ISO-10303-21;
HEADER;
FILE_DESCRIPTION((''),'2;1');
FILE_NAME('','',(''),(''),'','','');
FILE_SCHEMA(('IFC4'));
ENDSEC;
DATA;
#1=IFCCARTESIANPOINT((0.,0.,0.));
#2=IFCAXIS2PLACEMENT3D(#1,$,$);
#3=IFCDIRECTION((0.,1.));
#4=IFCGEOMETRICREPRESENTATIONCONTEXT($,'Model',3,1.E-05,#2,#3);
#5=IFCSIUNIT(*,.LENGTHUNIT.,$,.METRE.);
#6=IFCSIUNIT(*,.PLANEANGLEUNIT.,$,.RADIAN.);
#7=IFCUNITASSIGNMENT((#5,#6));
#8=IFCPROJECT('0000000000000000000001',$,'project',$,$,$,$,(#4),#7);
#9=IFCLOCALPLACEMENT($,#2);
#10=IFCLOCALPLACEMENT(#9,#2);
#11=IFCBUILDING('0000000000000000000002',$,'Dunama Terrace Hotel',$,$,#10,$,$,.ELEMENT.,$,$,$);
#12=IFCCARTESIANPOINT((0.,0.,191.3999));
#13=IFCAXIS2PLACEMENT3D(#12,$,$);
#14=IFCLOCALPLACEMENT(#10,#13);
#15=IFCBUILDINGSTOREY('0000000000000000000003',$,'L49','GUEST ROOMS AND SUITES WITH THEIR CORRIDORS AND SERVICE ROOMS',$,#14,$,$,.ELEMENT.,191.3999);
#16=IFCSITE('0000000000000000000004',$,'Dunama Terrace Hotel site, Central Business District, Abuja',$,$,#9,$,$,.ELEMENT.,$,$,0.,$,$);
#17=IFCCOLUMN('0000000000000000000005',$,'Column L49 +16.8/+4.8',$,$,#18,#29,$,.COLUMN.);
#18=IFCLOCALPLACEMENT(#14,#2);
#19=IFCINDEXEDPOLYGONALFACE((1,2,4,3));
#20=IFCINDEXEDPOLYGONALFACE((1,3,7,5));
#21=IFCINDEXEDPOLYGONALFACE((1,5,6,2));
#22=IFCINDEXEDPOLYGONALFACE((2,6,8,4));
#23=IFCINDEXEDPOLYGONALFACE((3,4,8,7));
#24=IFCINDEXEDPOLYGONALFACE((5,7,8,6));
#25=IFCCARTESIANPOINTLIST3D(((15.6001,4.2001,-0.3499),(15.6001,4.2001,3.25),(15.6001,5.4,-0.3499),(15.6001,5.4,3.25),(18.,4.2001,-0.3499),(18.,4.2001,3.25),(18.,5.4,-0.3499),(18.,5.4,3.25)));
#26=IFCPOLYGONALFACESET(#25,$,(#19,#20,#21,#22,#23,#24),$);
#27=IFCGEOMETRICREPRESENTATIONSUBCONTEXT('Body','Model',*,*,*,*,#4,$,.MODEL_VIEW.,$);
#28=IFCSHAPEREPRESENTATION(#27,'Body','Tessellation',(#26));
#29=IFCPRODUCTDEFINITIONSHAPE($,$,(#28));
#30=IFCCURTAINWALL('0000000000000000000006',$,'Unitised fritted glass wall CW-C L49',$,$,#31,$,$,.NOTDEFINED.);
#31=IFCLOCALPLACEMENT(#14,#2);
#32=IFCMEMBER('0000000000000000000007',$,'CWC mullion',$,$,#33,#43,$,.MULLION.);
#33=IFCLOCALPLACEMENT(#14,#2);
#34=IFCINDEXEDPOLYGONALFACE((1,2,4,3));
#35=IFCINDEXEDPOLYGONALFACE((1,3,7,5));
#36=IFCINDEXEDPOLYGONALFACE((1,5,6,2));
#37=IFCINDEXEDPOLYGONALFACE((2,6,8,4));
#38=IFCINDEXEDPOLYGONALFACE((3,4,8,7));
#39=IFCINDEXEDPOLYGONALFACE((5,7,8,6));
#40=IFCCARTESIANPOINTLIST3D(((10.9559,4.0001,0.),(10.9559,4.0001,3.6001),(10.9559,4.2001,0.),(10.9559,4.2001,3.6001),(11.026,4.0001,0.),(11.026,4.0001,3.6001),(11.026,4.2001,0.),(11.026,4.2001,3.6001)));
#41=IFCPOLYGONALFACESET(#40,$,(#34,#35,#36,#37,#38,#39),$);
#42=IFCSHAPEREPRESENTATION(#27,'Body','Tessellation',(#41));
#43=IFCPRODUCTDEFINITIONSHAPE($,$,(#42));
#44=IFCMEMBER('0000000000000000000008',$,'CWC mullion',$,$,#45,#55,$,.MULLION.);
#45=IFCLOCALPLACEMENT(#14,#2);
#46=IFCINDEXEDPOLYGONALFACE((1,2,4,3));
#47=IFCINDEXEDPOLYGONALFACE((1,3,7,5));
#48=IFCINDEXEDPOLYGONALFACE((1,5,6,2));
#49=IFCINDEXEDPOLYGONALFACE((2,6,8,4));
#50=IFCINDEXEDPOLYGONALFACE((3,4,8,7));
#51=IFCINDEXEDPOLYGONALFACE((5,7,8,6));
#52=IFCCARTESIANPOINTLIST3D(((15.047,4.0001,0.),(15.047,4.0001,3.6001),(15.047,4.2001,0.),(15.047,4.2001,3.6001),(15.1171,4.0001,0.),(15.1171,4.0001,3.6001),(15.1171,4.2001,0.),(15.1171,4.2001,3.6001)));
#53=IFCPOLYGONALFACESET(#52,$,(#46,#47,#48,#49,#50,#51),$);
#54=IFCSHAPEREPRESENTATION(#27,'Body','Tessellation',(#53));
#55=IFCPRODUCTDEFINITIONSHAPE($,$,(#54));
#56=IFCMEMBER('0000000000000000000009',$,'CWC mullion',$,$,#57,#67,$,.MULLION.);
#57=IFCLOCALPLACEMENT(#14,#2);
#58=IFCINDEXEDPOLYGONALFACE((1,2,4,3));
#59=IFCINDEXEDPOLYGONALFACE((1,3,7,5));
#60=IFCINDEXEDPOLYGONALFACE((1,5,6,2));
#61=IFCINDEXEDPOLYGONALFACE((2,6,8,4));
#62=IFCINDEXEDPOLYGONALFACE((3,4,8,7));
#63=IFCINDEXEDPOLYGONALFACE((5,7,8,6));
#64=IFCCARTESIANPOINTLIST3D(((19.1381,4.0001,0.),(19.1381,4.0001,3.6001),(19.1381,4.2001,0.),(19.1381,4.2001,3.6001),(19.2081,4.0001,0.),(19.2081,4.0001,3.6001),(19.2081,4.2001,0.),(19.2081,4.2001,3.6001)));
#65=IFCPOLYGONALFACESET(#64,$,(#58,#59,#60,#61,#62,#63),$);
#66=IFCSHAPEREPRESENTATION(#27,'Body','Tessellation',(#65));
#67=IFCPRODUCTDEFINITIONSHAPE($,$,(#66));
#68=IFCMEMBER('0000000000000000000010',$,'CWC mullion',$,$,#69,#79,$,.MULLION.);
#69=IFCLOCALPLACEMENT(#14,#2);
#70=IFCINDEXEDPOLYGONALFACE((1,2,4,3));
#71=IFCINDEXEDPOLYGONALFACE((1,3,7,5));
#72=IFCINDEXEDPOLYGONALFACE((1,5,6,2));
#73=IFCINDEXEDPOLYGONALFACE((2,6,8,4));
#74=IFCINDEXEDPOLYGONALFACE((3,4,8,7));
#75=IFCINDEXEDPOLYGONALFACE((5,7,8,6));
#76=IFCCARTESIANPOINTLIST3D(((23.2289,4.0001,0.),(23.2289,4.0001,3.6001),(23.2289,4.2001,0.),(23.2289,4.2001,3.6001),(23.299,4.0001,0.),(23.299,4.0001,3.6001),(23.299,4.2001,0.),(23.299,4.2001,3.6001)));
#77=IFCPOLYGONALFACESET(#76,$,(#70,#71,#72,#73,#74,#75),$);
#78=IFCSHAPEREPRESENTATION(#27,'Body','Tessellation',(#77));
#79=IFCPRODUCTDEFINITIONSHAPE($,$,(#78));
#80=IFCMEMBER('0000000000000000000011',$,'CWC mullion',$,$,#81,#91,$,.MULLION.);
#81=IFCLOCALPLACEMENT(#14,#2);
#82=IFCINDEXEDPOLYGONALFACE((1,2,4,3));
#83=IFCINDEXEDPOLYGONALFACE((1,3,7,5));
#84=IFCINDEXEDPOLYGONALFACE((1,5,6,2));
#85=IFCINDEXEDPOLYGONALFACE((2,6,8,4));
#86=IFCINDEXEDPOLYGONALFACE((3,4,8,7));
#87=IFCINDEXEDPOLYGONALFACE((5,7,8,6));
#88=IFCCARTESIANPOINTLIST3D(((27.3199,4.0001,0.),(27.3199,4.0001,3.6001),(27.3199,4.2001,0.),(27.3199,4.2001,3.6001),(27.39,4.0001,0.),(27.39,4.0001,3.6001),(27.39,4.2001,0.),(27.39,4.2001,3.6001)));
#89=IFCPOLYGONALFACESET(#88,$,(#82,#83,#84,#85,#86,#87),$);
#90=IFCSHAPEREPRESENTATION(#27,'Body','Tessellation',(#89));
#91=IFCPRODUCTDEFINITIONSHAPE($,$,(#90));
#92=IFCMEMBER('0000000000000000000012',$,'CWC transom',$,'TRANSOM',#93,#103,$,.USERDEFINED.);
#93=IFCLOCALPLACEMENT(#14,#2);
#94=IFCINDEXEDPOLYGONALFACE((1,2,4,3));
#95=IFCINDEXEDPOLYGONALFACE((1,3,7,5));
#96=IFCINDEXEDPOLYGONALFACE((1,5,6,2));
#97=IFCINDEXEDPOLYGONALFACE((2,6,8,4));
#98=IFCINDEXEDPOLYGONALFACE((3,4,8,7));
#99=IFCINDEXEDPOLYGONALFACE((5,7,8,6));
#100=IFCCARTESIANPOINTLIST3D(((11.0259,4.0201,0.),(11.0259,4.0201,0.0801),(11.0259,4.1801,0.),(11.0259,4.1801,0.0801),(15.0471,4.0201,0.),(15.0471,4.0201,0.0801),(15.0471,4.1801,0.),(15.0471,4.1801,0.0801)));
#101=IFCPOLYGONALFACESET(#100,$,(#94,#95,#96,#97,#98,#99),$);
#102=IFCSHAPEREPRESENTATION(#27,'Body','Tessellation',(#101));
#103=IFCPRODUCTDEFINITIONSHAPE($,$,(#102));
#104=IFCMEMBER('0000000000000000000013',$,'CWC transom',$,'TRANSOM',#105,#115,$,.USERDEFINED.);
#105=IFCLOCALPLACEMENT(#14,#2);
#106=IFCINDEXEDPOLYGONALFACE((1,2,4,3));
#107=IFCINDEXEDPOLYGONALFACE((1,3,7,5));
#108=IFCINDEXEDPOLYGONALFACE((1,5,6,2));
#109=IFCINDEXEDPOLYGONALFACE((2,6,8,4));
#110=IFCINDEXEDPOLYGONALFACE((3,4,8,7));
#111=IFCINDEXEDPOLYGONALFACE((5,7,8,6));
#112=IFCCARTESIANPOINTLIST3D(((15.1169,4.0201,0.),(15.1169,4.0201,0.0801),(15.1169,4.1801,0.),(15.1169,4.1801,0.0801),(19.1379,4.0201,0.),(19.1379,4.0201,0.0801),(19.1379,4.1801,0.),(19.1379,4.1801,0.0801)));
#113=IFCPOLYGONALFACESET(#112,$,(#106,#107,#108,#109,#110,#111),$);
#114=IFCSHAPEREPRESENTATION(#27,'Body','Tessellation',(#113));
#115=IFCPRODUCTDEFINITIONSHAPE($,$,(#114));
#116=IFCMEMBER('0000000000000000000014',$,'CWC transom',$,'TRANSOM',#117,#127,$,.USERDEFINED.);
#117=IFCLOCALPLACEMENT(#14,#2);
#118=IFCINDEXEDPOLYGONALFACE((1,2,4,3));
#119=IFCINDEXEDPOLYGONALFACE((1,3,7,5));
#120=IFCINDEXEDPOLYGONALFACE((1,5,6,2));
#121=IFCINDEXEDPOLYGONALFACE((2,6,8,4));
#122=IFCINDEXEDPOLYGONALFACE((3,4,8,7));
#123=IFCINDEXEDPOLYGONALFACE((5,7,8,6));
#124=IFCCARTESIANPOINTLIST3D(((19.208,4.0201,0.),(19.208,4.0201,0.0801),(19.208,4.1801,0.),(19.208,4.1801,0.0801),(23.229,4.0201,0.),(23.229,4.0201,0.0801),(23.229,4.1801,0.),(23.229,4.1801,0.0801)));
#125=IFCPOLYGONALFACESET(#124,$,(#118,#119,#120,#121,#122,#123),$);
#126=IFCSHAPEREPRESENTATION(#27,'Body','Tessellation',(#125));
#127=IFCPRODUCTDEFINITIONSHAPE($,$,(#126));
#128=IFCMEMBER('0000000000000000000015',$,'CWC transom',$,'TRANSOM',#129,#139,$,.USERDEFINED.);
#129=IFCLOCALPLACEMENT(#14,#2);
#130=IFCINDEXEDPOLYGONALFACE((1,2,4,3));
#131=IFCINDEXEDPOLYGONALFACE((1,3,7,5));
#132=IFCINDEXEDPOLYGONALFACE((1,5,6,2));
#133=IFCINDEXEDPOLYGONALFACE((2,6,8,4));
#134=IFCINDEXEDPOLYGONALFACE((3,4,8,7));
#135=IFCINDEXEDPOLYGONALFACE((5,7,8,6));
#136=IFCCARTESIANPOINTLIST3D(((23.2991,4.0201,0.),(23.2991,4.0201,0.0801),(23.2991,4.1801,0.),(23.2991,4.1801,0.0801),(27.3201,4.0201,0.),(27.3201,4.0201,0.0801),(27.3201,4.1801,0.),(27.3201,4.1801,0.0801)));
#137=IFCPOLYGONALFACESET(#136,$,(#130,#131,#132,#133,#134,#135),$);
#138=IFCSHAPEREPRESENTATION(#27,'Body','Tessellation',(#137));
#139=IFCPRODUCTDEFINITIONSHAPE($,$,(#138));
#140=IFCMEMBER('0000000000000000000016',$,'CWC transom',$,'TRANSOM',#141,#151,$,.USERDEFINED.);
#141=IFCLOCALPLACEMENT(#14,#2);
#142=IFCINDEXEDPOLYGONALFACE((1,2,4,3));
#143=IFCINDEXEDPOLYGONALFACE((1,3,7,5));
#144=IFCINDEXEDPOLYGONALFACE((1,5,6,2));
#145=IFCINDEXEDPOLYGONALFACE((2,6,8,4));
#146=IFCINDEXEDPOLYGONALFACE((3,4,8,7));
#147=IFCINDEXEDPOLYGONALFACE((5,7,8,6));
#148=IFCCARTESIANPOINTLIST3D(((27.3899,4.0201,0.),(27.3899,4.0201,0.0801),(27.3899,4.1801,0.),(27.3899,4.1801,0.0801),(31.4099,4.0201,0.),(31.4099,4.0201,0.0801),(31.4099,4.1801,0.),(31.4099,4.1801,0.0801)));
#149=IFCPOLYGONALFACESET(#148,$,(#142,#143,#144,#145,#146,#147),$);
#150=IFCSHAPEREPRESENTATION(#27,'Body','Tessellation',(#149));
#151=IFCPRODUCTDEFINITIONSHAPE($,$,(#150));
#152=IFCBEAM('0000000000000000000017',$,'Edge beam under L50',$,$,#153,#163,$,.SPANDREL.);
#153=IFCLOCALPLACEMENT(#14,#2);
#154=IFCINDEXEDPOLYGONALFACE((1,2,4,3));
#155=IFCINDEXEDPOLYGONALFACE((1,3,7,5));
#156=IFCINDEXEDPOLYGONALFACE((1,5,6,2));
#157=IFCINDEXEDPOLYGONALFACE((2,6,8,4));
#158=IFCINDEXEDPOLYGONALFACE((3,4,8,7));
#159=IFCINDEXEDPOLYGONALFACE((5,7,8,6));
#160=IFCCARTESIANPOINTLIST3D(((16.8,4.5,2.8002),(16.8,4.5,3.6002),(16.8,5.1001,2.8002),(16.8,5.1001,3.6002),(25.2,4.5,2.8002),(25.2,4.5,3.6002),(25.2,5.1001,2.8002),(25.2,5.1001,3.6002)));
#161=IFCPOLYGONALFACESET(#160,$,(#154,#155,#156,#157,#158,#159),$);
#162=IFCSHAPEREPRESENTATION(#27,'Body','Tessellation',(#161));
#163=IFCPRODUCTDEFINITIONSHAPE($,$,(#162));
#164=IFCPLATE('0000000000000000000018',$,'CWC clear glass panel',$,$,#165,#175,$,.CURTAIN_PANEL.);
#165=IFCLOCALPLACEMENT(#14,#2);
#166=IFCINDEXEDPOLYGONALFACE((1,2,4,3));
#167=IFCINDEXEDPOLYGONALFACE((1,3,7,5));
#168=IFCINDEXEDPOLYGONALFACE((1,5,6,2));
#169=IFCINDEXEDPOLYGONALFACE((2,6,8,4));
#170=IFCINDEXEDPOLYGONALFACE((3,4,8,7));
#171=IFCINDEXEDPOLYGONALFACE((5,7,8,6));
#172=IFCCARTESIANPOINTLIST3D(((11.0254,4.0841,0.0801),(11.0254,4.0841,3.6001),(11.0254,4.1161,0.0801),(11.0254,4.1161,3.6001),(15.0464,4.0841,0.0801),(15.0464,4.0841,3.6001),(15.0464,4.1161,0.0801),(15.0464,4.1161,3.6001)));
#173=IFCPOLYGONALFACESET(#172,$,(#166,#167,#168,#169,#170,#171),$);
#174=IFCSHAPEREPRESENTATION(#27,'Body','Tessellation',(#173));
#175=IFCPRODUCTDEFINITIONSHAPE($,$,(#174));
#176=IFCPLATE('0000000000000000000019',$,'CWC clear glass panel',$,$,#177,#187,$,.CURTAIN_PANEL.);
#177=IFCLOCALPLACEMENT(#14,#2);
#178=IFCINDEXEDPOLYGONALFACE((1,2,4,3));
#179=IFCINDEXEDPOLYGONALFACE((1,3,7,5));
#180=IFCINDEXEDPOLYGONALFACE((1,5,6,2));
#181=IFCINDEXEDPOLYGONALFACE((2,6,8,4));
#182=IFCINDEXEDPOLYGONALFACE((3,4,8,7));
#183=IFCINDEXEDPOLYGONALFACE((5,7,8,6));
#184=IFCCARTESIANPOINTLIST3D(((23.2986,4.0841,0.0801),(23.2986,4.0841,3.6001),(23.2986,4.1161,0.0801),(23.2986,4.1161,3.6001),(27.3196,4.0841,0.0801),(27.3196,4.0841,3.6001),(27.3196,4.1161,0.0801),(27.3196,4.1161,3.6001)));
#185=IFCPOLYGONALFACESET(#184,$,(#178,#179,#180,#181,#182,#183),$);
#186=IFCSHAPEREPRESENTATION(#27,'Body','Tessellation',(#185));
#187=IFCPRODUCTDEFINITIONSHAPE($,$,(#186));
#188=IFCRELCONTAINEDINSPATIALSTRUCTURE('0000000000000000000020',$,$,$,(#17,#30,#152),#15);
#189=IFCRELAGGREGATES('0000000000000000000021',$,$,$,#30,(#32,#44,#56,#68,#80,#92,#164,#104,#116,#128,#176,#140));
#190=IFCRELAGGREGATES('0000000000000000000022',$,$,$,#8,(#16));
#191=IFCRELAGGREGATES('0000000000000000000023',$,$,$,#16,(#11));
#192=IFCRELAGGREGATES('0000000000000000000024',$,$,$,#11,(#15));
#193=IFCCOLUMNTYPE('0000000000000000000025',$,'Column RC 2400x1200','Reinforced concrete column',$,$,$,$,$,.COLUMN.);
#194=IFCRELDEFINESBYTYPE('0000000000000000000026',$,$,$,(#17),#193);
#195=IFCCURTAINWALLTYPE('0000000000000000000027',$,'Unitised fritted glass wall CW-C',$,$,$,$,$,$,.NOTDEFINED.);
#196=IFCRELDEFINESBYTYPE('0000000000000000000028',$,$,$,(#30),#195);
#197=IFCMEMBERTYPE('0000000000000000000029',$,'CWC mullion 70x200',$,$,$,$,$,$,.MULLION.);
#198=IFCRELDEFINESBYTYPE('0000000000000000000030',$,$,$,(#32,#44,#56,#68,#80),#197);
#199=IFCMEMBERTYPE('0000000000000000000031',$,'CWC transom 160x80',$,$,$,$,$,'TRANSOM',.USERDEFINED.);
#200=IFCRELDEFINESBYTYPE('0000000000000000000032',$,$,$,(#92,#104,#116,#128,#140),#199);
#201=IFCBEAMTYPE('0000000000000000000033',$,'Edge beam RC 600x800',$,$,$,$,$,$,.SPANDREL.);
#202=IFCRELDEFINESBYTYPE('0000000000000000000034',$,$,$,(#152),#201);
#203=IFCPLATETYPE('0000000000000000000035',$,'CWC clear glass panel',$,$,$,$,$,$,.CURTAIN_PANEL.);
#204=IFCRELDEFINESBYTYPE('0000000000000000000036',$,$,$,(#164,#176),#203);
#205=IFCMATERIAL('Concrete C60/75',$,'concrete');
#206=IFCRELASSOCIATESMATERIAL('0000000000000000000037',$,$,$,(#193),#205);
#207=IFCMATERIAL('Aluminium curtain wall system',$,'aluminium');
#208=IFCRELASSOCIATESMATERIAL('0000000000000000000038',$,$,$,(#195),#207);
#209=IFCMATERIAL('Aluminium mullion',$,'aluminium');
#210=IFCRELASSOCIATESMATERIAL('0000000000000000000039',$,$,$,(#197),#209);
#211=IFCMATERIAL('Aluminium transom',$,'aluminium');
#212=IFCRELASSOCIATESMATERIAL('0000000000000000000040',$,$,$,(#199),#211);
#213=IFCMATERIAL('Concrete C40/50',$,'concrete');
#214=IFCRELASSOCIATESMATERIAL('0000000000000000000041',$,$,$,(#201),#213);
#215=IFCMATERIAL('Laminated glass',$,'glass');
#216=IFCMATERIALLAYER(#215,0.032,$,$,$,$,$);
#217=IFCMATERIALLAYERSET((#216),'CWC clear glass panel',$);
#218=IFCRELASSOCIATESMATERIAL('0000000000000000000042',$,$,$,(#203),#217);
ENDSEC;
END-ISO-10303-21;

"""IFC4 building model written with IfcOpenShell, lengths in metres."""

from ifc_helpers import new_model, si_unit, direction, frame, origin, origin_2d, place, context, subcontext, project, spatial, rectangle, extrude, material, layer, layer_set, material_profile, profile_set, type_object, element, aggregate, save


model = new_model("IFC4")

# Units and contexts
model_context = context("Model", 3, precision=1e-05, world=origin(), true_north=direction((0.0, 1.0)))
body_context = subcontext(model_context, "Body", "Model", "MODEL_VIEW")
ifc_project = project(units=[si_unit("LENGTHUNIT", "METRE"), si_unit("PLANEANGLEUNIT", "RADIAN")], contexts=[model_context])

# Site, building, storey
site_placement = place(None, origin())
site = spatial("IfcSite", under=ifc_project, at=site_placement, Name="Dunama Terrace Hotel site, Central Business District, Abuja", CompositionType="ELEMENT", RefElevation=0.0)
building_placement = place(site_placement, origin())
building = spatial("IfcBuilding", under=site, at=building_placement, Name="Dunama Terrace Hotel", CompositionType="ELEMENT")
storey_placement = place(building_placement, frame((0.0, 0.0, 191.3999)))
storey = spatial("IfcBuildingStorey", under=building, at=storey_placement, Name="L49", Description="GUEST ROOMS AND SUITES WITH THEIR CORRIDORS AND SERVICE ROOMS", CompositionType="ELEMENT", Elevation=191.3999)

# Column
ifc_material_1 = material(Name="Concrete C60/75", Category="concrete")
ifc_material_profile_1 = material_profile(ifc_material_1, rectangle(XDim=2.3999, YDim=1.2, at=origin_2d()), Name="RC 2400x1200")
ifc_profile_set_1 = profile_set([ifc_material_profile_1], Name="Concrete C60/75")
column_type = type_object("IfcColumnType", Name="Column RC 2400x1200", Description="Reinforced concrete column", PredefinedType="COLUMN", material=ifc_profile_set_1)
column_placement = place(storey_placement, frame((16.8, 4.8, -0.3499), z_axis=(0.0, 0.0, 1.0), x_axis=(1.0, 0.0, 0.0)))
element("IfcColumn", 1, at=column_placement, inside=storey, type_object=column_type, Name="Column L49 +16.8/+4.8", PredefinedType="COLUMN", context=body_context, shape_type="SweptSolid", body=[
    extrude(rectangle(XDim=2.3999, YDim=1.2, at=origin_2d()), origin(), (0.0, 0.0, 1.0), 3.5999),
])

# Curtain wall, members
ifc_material_2 = material(Name="Aluminium curtain wall system", Category="aluminium")
curtain_wall_type = type_object("IfcCurtainWallType", Name="Unitised fritted glass wall CW-C", PredefinedType="NOTDEFINED", material=ifc_material_2)
curtain_wall_placement = place(storey_placement, origin())
curtain_wall = element("IfcCurtainWall", 2, at=curtain_wall_placement, inside=storey, type_object=curtain_wall_type, Name="Unitised fritted glass wall CW-C L49", PredefinedType="NOTDEFINED")
ifc_material_3 = material(Name="Aluminium mullion", Category="aluminium")
ifc_material_profile_2 = material_profile(ifc_material_3, rectangle(XDim=0.0701, YDim=0.2, at=origin_2d()), Name="CWC MULLION 70X200")
ifc_profile_set_2 = profile_set([ifc_material_profile_2], Name="Aluminium mullion")
member_type_1 = type_object("IfcMemberType", Name="CWC mullion 70x200", PredefinedType="MULLION", material=ifc_profile_set_2)
member_1_placement = place(storey_placement, frame((10.991, 4.1001, 0.0), z_axis=(0.0, 0.0, 1.0), x_axis=(1.0, 0.0, 0.0)))
member_1 = element("IfcMember", 3, at=member_1_placement, type_object=member_type_1, Name="CWC mullion", PredefinedType="MULLION", context=body_context, shape_type="SweptSolid", body=[
    extrude(rectangle(XDim=0.0701, YDim=0.2, at=origin_2d()), origin(), (0.0, 0.0, 1.0), 3.6001),
])
member_2_placement = place(storey_placement, frame((15.082, 4.1001, 0.0), z_axis=(0.0, 0.0, 1.0), x_axis=(1.0, 0.0, 0.0)))
member_2 = element("IfcMember", 4, at=member_2_placement, type_object=member_type_1, Name="CWC mullion", PredefinedType="MULLION", context=body_context, shape_type="SweptSolid", body=[
    extrude(rectangle(XDim=0.0701, YDim=0.2, at=origin_2d()), origin(), (0.0, 0.0, 1.0), 3.6001),
])
member_3_placement = place(storey_placement, frame((19.1731, 4.1001, 0.0), z_axis=(0.0, 0.0, 1.0), x_axis=(1.0, 0.0, 0.0)))
member_3 = element("IfcMember", 5, at=member_3_placement, type_object=member_type_1, Name="CWC mullion", PredefinedType="MULLION", context=body_context, shape_type="SweptSolid", body=[
    extrude(rectangle(XDim=0.0701, YDim=0.2, at=origin_2d()), origin(), (0.0, 0.0, 1.0), 3.6001),
])
member_4_placement = place(storey_placement, frame((23.2639, 4.1001, 0.0), z_axis=(0.0, 0.0, 1.0), x_axis=(1.0, 0.0, 0.0)))
member_4 = element("IfcMember", 6, at=member_4_placement, type_object=member_type_1, Name="CWC mullion", PredefinedType="MULLION", context=body_context, shape_type="SweptSolid", body=[
    extrude(rectangle(XDim=0.0701, YDim=0.2, at=origin_2d()), origin(), (0.0, 0.0, 1.0), 3.6001),
])
member_5_placement = place(storey_placement, frame((27.355, 4.1001, 0.0), z_axis=(0.0, 0.0, 1.0), x_axis=(1.0, 0.0, 0.0)))
member_5 = element("IfcMember", 7, at=member_5_placement, type_object=member_type_1, Name="CWC mullion", PredefinedType="MULLION", context=body_context, shape_type="SweptSolid", body=[
    extrude(rectangle(XDim=0.0701, YDim=0.2, at=origin_2d()), origin(), (0.0, 0.0, 1.0), 3.6001),
])
ifc_material_4 = material(Name="Aluminium transom", Category="aluminium")
ifc_material_profile_3 = material_profile(ifc_material_4, rectangle(XDim=0.1599, YDim=0.0801, at=origin_2d()), Name="CWC TRANSOM 160X80")
ifc_profile_set_3 = profile_set([ifc_material_profile_3], Name="Aluminium transom")
member_type_2 = type_object("IfcMemberType", Name="CWC transom 160x80", ElementType="TRANSOM", PredefinedType="USERDEFINED", material=ifc_profile_set_3)
member_6_placement = place(storey_placement, frame((11.0259, 4.1001, 0.04), z_axis=(1.0, 0.0, 0.0), x_axis=(0.0, 1.0, 0.0)))
member_6 = element("IfcMember", 8, at=member_6_placement, type_object=member_type_2, Name="CWC transom", ObjectType="TRANSOM", PredefinedType="USERDEFINED", context=body_context, shape_type="SweptSolid", body=[
    extrude(rectangle(XDim=0.1599, YDim=0.0801, at=origin_2d()), origin(), (0.0, 0.0, 1.0), 4.0212),
])
member_7_placement = place(storey_placement, frame((15.1169, 4.1001, 0.04), z_axis=(1.0, 0.0, 0.0), x_axis=(0.0, 1.0, 0.0)))
member_7 = element("IfcMember", 9, at=member_7_placement, type_object=member_type_2, Name="CWC transom", ObjectType="TRANSOM", PredefinedType="USERDEFINED", context=body_context, shape_type="SweptSolid", body=[
    extrude(rectangle(XDim=0.1599, YDim=0.0801, at=origin_2d()), origin(), (0.0, 0.0, 1.0), 4.021),
])
member_8_placement = place(storey_placement, frame((19.208, 4.1001, 0.04), z_axis=(1.0, 0.0, 0.0), x_axis=(0.0, 1.0, 0.0)))
member_8 = element("IfcMember", 10, at=member_8_placement, type_object=member_type_2, Name="CWC transom", ObjectType="TRANSOM", PredefinedType="USERDEFINED", context=body_context, shape_type="SweptSolid", body=[
    extrude(rectangle(XDim=0.1599, YDim=0.0801, at=origin_2d()), origin(), (0.0, 0.0, 1.0), 4.021),
])
member_9_placement = place(storey_placement, frame((23.2991, 4.1001, 0.04), z_axis=(1.0, 0.0, 0.0), x_axis=(0.0, 1.0, 0.0)))
member_9 = element("IfcMember", 11, at=member_9_placement, type_object=member_type_2, Name="CWC transom", ObjectType="TRANSOM", PredefinedType="USERDEFINED", context=body_context, shape_type="SweptSolid", body=[
    extrude(rectangle(XDim=0.1599, YDim=0.0801, at=origin_2d()), origin(), (0.0, 0.0, 1.0), 4.021),
])
member_10_placement = place(storey_placement, frame((27.3899, 4.1001, 0.04), z_axis=(1.0, 0.0, 0.0), x_axis=(0.0, 1.0, 0.0)))
member_10 = element("IfcMember", 12, at=member_10_placement, type_object=member_type_2, Name="CWC transom", ObjectType="TRANSOM", PredefinedType="USERDEFINED", context=body_context, shape_type="SweptSolid", body=[
    extrude(rectangle(XDim=0.1599, YDim=0.0801, at=origin_2d()), origin(), (0.0, 0.0, 1.0), 4.02),
])

# Beam
ifc_material_5 = material(Name="Concrete C40/50", Category="concrete")
ifc_material_profile_4 = material_profile(ifc_material_5, rectangle(XDim=0.6001, YDim=0.8, at=origin_2d()), Name="RC 600x800")
ifc_profile_set_4 = profile_set([ifc_material_profile_4], Name="Concrete C40/50")
beam_type = type_object("IfcBeamType", Name="Edge beam RC 600x800", PredefinedType="SPANDREL", material=ifc_profile_set_4)
beam_placement = place(storey_placement, frame((16.8, 4.8, 3.2002), z_axis=(1.0, 0.0, 0.0), x_axis=(0.0, 1.0, 0.0)))
element("IfcBeam", 13, at=beam_placement, inside=storey, type_object=beam_type, Name="Edge beam under L50", PredefinedType="SPANDREL", context=body_context, shape_type="SweptSolid", body=[
    extrude(rectangle(XDim=0.6001, YDim=0.8, at=origin_2d()), origin(), (0.0, 0.0, 1.0), 8.3999),
])

# Plates
ifc_material_6 = material(Name="Laminated glass", Category="glass")
ifc_layer_1 = layer(ifc_material_6, 0.032)
ifc_layer_set_1 = layer_set([ifc_layer_1], Name="CWC clear glass panel")
plate_type_1 = type_object("IfcPlateType", Name="CWC clear glass panel", PredefinedType="CURTAIN_PANEL", material=ifc_layer_set_1)
plate_1_placement = place(storey_placement, frame((13.0359, 4.1001, 0.0801), z_axis=(0.0, 0.0, 1.0), x_axis=(1.0, 0.0, 0.0)))
plate_1 = element("IfcPlate", 14, at=plate_1_placement, type_object=plate_type_1, Name="CWC clear glass panel", PredefinedType="CURTAIN_PANEL", context=body_context, shape_type="SweptSolid", body=[
    extrude(rectangle(XDim=4.021, YDim=0.032, at=origin_2d()), origin(), (0.0, 0.0, 1.0), 3.52),
])
plate_2_placement = place(storey_placement, frame((25.3091, 4.1001, 0.0801), z_axis=(0.0, 0.0, 1.0), x_axis=(1.0, 0.0, 0.0)))
plate_2 = element("IfcPlate", 15, at=plate_2_placement, type_object=plate_type_1, Name="CWC clear glass panel", PredefinedType="CURTAIN_PANEL", context=body_context, shape_type="SweptSolid", body=[
    extrude(rectangle(XDim=4.021, YDim=0.032, at=origin_2d()), origin(), (0.0, 0.0, 1.0), 3.52),
])
aggregate(curtain_wall, [member_1, member_2, member_3, member_4, member_5, member_6, plate_1, member_7, member_8, member_9, plate_2, member_10])

save(model, "model.ifc")
